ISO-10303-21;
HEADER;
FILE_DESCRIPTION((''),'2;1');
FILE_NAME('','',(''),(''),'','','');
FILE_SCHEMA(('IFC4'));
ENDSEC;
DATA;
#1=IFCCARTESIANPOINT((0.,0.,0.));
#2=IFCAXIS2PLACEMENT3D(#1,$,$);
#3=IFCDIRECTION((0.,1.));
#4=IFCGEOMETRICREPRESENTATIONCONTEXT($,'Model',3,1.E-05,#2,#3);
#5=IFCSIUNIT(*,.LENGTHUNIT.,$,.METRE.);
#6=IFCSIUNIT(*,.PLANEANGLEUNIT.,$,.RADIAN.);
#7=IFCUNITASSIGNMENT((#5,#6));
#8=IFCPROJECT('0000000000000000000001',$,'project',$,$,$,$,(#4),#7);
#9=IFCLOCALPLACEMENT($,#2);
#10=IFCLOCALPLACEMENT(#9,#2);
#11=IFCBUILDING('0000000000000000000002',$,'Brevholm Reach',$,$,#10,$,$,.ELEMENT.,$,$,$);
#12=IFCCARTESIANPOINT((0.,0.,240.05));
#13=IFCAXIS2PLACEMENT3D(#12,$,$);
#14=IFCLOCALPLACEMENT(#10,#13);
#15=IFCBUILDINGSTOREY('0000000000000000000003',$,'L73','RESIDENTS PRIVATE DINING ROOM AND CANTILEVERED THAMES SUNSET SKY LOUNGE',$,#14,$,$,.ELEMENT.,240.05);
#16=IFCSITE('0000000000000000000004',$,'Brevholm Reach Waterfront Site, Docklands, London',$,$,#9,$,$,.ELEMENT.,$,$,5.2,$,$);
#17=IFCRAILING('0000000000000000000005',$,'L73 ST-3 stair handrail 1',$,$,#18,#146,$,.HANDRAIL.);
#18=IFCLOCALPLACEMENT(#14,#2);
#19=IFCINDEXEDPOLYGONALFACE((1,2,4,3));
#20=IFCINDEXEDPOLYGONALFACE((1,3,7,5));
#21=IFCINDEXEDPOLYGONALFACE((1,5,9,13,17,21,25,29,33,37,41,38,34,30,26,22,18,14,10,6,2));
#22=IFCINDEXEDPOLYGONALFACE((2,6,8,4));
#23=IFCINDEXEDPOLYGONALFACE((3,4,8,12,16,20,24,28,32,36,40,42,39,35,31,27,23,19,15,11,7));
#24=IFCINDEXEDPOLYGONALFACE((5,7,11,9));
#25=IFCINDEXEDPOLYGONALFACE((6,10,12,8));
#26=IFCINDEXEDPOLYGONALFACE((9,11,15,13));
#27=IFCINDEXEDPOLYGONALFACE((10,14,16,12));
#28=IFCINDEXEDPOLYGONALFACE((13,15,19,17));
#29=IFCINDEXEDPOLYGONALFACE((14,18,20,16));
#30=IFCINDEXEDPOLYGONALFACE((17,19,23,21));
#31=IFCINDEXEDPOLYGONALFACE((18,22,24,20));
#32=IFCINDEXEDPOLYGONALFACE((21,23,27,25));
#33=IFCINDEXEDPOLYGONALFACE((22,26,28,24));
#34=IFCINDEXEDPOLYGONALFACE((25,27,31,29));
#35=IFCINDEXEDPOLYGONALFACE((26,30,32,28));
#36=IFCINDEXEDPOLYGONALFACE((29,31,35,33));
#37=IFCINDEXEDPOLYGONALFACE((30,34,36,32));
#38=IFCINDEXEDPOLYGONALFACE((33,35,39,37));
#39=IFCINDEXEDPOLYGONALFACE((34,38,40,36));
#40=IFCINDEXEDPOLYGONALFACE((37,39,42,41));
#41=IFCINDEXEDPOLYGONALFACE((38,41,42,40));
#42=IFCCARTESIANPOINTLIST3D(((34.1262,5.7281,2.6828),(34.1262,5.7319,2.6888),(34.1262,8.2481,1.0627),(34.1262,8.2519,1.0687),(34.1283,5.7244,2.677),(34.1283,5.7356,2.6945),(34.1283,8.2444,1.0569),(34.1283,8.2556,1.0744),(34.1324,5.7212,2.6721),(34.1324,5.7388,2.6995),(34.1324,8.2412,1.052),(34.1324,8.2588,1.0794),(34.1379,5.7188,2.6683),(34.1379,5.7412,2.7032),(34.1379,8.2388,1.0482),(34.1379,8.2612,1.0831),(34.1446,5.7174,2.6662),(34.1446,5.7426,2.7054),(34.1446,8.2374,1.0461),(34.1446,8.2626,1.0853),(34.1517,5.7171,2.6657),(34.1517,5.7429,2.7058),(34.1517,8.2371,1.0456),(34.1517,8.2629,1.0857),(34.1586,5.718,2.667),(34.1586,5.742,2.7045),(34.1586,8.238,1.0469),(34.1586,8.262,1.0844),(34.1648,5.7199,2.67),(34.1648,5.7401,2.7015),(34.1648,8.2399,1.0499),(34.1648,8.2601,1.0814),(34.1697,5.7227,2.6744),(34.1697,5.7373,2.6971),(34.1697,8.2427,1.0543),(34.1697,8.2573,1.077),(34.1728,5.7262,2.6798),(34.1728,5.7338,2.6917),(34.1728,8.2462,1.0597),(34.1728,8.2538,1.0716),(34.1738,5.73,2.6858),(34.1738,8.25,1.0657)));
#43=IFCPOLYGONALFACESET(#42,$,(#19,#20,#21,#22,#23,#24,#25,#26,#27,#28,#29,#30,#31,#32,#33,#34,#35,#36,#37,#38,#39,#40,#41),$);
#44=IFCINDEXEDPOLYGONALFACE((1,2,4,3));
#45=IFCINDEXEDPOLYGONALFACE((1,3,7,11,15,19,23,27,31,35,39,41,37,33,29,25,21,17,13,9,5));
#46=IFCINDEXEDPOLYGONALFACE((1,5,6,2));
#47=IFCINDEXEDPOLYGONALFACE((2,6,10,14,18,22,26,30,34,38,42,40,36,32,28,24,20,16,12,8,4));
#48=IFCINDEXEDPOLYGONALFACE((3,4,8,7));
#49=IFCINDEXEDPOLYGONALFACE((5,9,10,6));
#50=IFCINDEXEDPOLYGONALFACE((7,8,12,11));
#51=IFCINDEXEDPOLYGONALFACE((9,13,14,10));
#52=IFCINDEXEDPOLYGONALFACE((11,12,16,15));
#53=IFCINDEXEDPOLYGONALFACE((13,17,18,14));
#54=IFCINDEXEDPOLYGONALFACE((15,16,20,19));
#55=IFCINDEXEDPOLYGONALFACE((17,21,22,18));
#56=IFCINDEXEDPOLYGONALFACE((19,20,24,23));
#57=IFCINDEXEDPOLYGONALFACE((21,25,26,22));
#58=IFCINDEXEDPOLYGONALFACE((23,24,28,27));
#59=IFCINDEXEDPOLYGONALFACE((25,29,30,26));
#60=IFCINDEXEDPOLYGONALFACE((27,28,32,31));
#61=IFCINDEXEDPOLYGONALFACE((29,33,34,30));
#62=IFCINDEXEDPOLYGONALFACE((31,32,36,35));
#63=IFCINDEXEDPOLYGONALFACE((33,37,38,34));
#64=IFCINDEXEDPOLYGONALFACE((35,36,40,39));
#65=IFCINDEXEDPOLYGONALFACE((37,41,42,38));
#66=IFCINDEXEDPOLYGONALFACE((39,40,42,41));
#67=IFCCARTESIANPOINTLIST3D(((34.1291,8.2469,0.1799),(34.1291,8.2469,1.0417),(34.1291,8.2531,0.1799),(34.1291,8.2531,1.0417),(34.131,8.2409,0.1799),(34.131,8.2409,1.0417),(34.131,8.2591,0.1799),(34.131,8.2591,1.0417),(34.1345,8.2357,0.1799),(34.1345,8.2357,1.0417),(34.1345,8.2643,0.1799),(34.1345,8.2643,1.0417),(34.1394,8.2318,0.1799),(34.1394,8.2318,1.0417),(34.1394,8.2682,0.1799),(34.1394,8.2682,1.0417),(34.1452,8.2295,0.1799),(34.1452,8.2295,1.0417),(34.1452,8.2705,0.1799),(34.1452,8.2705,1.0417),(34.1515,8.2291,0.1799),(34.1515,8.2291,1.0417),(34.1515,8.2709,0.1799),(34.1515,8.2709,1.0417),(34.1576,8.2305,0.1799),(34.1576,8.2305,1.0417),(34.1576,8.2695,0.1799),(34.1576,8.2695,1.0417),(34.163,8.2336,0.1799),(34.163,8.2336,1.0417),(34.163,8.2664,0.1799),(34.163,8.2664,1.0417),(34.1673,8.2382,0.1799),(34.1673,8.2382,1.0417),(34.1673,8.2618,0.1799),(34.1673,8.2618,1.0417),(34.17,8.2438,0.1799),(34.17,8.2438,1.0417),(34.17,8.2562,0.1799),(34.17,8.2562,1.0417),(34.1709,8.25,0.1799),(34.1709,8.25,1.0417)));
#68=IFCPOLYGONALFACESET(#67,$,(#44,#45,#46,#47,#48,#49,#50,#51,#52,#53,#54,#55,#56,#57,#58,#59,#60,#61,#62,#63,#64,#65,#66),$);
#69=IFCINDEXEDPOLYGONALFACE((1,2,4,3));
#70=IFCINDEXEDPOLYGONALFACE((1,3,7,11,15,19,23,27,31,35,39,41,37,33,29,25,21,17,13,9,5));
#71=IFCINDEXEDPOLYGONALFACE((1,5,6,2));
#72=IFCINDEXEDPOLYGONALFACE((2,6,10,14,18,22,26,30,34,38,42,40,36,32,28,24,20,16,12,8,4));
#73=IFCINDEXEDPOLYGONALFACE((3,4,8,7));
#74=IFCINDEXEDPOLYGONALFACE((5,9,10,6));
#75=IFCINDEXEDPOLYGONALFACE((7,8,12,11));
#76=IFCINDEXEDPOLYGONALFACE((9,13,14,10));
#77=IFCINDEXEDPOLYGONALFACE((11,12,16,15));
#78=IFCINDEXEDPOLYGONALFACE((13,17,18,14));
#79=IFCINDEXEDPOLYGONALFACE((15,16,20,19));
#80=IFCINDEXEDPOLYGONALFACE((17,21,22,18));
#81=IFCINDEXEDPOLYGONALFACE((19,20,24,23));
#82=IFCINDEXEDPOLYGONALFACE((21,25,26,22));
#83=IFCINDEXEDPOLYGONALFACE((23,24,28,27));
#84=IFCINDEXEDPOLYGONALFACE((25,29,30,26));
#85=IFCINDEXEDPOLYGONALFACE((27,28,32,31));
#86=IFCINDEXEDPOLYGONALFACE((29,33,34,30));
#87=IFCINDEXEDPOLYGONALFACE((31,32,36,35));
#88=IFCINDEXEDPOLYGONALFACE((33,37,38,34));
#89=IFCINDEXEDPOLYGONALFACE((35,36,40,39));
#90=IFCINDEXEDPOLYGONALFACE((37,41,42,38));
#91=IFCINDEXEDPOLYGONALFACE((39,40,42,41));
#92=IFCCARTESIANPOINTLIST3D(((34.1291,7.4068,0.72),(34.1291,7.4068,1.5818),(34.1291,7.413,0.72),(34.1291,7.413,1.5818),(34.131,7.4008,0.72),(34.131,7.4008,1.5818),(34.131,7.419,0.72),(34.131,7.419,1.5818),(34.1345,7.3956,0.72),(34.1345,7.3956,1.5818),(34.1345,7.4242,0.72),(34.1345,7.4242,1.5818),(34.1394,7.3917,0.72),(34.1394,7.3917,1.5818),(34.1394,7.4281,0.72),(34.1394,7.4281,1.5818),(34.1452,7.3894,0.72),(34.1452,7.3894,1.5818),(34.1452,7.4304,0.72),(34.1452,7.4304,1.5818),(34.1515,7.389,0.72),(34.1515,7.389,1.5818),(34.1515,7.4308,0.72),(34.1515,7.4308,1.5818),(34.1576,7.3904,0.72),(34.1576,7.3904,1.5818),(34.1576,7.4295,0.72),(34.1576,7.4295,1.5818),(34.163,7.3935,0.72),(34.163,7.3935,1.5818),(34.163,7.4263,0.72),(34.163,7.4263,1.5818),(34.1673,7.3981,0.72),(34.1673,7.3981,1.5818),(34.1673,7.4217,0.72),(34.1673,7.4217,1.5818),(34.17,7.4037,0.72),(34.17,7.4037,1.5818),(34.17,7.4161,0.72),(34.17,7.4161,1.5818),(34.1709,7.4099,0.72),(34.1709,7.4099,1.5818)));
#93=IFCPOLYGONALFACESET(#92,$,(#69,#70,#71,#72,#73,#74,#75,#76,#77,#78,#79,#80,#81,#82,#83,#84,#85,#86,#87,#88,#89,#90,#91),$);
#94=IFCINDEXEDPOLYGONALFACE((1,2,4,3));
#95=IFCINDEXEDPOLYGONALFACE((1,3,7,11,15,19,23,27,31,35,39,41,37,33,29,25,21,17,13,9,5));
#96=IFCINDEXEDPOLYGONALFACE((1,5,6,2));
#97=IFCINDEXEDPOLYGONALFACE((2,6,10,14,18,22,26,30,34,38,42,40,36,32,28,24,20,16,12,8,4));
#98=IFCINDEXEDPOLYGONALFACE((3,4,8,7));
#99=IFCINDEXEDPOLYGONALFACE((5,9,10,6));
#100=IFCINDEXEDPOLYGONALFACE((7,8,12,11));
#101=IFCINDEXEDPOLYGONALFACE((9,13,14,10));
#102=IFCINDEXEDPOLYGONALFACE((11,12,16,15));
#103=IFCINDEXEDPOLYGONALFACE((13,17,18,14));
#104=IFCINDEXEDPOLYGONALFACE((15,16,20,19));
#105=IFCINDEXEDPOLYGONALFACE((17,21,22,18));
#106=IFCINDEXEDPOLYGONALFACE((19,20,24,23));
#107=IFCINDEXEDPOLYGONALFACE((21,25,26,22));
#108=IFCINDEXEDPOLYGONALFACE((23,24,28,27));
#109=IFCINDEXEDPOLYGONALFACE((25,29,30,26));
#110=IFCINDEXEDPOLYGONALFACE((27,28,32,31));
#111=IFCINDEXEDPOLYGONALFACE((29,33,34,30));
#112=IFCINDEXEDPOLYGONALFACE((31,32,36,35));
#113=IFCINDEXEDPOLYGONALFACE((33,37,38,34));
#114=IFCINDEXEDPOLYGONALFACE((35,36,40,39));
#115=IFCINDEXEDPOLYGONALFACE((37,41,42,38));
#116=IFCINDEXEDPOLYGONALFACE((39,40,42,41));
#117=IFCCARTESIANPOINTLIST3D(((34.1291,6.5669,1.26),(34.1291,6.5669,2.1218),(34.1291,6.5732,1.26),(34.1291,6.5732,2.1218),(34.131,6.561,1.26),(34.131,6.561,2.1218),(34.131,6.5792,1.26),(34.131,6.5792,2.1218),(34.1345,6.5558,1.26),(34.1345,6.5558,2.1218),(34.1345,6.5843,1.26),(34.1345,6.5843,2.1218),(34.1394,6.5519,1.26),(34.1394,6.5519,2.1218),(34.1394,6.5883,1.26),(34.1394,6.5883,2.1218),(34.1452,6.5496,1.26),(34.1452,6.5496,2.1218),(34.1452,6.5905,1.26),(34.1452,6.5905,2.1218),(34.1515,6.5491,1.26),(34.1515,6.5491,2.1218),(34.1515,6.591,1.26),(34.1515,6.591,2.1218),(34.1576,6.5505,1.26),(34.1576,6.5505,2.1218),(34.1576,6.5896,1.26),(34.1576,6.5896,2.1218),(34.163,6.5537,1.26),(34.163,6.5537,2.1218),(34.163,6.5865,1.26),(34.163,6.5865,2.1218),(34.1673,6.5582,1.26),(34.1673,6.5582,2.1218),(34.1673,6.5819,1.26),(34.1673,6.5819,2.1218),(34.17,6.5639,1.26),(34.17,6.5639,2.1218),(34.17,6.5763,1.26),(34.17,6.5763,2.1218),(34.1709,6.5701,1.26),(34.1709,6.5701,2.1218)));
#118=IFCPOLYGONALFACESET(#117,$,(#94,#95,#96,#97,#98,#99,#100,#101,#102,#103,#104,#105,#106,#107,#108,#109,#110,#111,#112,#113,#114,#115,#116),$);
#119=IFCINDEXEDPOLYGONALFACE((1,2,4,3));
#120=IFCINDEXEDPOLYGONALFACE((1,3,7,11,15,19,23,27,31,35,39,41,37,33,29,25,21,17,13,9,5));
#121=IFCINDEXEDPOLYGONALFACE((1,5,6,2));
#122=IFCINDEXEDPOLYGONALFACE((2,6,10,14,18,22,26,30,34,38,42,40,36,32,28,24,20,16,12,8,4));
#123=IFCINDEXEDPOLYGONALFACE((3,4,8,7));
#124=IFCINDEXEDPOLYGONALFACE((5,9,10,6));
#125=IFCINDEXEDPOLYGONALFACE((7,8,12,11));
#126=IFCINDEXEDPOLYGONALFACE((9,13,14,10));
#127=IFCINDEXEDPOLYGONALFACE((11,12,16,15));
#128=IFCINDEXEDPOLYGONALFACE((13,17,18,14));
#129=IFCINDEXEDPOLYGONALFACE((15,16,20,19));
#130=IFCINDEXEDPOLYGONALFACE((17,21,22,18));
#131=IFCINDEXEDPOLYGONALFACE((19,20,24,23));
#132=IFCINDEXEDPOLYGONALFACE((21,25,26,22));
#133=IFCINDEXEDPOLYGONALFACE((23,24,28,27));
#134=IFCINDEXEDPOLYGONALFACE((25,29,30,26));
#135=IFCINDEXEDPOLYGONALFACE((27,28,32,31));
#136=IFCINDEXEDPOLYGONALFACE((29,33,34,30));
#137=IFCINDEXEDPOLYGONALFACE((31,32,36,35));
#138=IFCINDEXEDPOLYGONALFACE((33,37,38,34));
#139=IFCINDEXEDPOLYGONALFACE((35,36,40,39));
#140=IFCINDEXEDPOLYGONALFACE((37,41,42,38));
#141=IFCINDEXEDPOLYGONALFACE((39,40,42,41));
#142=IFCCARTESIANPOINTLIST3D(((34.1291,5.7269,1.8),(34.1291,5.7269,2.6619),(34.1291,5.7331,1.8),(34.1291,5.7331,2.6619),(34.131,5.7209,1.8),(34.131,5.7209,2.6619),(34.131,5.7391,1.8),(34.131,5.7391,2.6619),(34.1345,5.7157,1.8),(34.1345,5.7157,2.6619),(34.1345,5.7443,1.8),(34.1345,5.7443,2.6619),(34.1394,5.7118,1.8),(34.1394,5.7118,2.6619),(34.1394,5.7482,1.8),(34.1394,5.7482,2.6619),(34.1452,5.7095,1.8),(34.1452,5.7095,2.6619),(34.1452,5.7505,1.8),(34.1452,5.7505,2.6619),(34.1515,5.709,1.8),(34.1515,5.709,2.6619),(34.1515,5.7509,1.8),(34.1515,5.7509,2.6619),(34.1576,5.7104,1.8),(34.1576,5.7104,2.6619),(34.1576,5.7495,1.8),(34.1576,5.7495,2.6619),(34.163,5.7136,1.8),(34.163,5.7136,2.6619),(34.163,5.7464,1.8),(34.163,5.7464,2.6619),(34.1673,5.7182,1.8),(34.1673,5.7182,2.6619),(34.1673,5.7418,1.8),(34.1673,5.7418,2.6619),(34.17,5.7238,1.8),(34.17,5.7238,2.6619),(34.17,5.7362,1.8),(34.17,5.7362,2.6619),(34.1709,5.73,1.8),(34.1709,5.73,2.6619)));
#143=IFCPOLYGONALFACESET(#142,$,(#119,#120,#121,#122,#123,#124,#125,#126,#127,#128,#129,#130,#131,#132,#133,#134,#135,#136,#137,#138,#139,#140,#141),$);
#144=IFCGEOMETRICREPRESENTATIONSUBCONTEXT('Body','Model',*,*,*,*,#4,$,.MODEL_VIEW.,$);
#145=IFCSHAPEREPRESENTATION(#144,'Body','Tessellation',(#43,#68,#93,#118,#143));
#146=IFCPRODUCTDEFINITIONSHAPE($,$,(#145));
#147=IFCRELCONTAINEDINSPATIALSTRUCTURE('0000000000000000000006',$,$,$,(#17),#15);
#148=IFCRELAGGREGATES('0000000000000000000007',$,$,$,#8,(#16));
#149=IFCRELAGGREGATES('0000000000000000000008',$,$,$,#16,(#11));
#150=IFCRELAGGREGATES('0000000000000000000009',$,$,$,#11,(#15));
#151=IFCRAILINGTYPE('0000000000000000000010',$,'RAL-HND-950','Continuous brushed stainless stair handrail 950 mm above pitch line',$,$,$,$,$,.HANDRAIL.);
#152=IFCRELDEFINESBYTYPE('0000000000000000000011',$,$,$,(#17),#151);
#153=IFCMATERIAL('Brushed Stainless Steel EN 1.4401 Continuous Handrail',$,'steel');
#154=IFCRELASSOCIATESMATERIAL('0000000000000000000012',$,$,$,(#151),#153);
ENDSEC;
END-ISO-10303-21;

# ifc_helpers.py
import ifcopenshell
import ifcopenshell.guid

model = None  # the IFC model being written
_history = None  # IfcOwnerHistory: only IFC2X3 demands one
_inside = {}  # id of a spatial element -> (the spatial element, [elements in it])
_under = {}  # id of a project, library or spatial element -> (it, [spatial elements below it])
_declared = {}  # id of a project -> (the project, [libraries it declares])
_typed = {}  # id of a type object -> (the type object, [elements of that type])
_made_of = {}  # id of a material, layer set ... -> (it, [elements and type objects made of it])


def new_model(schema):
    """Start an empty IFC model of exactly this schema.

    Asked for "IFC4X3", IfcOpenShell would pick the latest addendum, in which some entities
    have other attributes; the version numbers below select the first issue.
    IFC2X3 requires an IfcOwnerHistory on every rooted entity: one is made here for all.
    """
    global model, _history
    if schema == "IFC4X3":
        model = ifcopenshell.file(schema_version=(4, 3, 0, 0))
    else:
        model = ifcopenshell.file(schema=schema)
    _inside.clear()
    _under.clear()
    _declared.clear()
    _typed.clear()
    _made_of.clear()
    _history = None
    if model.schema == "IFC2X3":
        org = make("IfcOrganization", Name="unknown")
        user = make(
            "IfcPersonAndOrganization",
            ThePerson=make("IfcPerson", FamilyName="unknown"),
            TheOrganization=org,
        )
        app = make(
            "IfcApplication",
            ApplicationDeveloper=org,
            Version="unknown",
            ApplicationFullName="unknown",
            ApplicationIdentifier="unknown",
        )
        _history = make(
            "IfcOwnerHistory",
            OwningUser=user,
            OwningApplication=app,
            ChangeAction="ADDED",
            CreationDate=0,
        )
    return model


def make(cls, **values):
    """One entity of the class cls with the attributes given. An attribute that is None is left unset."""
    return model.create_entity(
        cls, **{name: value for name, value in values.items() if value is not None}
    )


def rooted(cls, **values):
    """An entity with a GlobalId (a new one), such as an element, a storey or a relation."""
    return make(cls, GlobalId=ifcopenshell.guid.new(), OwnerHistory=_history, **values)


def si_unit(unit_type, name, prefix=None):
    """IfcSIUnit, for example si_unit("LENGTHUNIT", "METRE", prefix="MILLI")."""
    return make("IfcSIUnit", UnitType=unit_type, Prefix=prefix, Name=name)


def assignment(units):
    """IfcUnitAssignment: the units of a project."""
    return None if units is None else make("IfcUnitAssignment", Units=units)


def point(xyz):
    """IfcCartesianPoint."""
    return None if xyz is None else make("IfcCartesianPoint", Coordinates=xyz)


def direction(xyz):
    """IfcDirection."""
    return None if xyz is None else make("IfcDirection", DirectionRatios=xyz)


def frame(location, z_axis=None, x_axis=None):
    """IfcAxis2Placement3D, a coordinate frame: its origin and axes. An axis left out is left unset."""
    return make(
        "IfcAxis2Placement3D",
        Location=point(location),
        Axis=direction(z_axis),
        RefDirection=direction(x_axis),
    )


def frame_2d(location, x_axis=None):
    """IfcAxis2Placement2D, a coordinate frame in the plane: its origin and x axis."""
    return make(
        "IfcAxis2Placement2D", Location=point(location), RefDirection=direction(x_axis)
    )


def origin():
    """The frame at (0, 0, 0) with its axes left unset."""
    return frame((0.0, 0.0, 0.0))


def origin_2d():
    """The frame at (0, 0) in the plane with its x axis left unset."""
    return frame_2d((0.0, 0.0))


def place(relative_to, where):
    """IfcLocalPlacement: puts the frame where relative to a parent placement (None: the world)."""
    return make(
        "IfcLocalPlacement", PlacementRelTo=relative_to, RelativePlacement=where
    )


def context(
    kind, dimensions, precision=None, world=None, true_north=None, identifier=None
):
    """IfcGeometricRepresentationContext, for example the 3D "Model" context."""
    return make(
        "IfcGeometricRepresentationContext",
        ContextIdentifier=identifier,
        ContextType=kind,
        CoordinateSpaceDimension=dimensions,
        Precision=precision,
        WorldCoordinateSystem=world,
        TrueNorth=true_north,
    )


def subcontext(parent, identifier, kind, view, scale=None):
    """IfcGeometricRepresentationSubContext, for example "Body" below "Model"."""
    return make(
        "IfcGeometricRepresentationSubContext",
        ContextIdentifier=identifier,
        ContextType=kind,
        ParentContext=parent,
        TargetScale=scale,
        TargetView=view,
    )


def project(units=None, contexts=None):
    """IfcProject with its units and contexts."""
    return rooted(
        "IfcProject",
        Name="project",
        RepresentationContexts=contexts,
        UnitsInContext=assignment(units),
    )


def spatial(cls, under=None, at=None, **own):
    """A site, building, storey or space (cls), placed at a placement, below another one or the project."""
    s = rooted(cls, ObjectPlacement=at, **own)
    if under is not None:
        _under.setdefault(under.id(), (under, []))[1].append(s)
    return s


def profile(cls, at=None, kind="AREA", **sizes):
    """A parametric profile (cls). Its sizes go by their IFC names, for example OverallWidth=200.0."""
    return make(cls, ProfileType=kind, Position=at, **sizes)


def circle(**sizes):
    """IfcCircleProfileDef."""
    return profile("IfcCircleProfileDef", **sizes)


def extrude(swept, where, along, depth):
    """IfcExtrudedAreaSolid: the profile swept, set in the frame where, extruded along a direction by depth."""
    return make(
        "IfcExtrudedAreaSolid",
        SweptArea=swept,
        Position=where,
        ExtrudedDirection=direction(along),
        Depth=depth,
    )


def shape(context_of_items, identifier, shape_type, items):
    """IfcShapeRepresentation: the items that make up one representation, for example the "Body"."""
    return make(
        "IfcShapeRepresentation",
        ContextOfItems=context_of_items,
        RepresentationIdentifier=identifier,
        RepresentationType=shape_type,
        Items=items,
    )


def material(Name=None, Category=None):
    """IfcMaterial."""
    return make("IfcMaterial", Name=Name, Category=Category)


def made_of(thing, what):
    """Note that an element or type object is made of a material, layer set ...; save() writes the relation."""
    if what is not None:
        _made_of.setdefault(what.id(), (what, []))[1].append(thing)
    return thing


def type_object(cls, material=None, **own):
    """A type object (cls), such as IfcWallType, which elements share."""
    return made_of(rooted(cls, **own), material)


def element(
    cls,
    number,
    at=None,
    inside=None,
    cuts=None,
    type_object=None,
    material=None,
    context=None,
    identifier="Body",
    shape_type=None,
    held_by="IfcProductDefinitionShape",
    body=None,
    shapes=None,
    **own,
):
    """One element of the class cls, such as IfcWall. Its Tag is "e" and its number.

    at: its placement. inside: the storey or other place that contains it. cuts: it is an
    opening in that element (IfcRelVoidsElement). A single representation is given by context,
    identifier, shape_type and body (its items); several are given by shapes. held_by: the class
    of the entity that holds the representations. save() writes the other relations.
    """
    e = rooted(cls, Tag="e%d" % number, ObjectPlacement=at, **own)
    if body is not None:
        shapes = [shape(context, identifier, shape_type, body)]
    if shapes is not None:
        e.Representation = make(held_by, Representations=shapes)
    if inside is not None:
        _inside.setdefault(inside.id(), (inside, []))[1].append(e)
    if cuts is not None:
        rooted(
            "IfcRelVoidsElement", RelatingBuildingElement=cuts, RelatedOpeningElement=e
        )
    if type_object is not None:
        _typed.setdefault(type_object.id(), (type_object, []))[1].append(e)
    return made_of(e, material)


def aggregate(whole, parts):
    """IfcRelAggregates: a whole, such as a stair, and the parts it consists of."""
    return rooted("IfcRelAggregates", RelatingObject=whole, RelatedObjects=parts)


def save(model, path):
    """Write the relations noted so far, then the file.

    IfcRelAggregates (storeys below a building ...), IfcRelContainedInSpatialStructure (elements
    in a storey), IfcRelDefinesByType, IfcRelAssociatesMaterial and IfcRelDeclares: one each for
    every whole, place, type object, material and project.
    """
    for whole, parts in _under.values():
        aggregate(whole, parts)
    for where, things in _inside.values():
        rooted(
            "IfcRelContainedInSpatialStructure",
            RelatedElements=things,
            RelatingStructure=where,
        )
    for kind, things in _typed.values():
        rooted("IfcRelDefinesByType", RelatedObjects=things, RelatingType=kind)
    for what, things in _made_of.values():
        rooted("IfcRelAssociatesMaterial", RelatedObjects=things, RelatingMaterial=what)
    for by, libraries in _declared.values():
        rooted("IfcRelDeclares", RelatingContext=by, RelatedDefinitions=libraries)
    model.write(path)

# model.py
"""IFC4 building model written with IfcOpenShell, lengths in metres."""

from ifc_helpers import new_model, si_unit, direction, frame, origin, origin_2d, place, context, subcontext, project, spatial, circle, extrude, material, type_object, element, save


model = new_model("IFC4")

# Units and contexts
model_context = context("Model", 3, precision=1e-05, world=origin(), true_north=direction((0.0, 1.0)))
body_context = subcontext(model_context, "Body", "Model", "MODEL_VIEW")
ifc_project = project(units=[si_unit("LENGTHUNIT", "METRE"), si_unit("PLANEANGLEUNIT", "RADIAN")], contexts=[model_context])

# Site, building, storey
site_placement = place(None, origin())
site = spatial("IfcSite", under=ifc_project, at=site_placement, Name="Brevholm Reach Waterfront Site, Docklands, London", CompositionType="ELEMENT", RefElevation=5.2)
building_placement = place(site_placement, origin())
building = spatial("IfcBuilding", under=site, at=building_placement, Name="Brevholm Reach", CompositionType="ELEMENT")
storey_placement = place(building_placement, frame((0.0, 0.0, 240.05)))
storey = spatial("IfcBuildingStorey", under=building, at=storey_placement, Name="L73", Description="RESIDENTS PRIVATE DINING ROOM AND CANTILEVERED THAMES SUNSET SKY LOUNGE", CompositionType="ELEMENT", Elevation=240.05)

# Railing
ifc_material_1 = material(Name="Brushed Stainless Steel EN 1.4401 Continuous Handrail", Category="steel")
railing_type_1 = type_object("IfcRailingType", Name="RAL-HND-950", Description="Continuous brushed stainless stair handrail 950 mm above pitch line", PredefinedType="HANDRAIL", material=ifc_material_1)
railing_1_placement = place(storey_placement, frame((34.1499, 8.25, 0.1799)))
element("IfcRailing", 1, at=railing_1_placement, inside=storey, type_object=railing_type_1, Name="L73 ST-3 stair handrail 1", PredefinedType="HANDRAIL", context=body_context, shape_type="SweptSolid", body=[
    extrude(circle(Radius=0.0239, at=origin_2d()), frame((0.0, 0.0, 0.8857), z_axis=(0.0, -0.841163, 0.540782), x_axis=(1.0, 0.0, 0.0)), (0.0, 0.0, 1.0), 2.9958),
    extrude(circle(Radius=0.021, at=origin_2d()), origin(), (0.0, 0.0, 1.0), 0.8618),
    extrude(circle(Radius=0.021, at=origin_2d()), frame((0.0, -0.8401, 0.54)), (0.0, 0.0, 1.0), 0.8618),
    extrude(circle(Radius=0.021, at=origin_2d()), frame((0.0, -1.6799, 1.0801)), (0.0, 0.0, 1.0), 0.8618),
    extrude(circle(Radius=0.021, at=origin_2d()), frame((0.0, -2.52, 1.6201)), (0.0, 0.0, 1.0), 0.8618),
])

save(model, "model.ifc")
